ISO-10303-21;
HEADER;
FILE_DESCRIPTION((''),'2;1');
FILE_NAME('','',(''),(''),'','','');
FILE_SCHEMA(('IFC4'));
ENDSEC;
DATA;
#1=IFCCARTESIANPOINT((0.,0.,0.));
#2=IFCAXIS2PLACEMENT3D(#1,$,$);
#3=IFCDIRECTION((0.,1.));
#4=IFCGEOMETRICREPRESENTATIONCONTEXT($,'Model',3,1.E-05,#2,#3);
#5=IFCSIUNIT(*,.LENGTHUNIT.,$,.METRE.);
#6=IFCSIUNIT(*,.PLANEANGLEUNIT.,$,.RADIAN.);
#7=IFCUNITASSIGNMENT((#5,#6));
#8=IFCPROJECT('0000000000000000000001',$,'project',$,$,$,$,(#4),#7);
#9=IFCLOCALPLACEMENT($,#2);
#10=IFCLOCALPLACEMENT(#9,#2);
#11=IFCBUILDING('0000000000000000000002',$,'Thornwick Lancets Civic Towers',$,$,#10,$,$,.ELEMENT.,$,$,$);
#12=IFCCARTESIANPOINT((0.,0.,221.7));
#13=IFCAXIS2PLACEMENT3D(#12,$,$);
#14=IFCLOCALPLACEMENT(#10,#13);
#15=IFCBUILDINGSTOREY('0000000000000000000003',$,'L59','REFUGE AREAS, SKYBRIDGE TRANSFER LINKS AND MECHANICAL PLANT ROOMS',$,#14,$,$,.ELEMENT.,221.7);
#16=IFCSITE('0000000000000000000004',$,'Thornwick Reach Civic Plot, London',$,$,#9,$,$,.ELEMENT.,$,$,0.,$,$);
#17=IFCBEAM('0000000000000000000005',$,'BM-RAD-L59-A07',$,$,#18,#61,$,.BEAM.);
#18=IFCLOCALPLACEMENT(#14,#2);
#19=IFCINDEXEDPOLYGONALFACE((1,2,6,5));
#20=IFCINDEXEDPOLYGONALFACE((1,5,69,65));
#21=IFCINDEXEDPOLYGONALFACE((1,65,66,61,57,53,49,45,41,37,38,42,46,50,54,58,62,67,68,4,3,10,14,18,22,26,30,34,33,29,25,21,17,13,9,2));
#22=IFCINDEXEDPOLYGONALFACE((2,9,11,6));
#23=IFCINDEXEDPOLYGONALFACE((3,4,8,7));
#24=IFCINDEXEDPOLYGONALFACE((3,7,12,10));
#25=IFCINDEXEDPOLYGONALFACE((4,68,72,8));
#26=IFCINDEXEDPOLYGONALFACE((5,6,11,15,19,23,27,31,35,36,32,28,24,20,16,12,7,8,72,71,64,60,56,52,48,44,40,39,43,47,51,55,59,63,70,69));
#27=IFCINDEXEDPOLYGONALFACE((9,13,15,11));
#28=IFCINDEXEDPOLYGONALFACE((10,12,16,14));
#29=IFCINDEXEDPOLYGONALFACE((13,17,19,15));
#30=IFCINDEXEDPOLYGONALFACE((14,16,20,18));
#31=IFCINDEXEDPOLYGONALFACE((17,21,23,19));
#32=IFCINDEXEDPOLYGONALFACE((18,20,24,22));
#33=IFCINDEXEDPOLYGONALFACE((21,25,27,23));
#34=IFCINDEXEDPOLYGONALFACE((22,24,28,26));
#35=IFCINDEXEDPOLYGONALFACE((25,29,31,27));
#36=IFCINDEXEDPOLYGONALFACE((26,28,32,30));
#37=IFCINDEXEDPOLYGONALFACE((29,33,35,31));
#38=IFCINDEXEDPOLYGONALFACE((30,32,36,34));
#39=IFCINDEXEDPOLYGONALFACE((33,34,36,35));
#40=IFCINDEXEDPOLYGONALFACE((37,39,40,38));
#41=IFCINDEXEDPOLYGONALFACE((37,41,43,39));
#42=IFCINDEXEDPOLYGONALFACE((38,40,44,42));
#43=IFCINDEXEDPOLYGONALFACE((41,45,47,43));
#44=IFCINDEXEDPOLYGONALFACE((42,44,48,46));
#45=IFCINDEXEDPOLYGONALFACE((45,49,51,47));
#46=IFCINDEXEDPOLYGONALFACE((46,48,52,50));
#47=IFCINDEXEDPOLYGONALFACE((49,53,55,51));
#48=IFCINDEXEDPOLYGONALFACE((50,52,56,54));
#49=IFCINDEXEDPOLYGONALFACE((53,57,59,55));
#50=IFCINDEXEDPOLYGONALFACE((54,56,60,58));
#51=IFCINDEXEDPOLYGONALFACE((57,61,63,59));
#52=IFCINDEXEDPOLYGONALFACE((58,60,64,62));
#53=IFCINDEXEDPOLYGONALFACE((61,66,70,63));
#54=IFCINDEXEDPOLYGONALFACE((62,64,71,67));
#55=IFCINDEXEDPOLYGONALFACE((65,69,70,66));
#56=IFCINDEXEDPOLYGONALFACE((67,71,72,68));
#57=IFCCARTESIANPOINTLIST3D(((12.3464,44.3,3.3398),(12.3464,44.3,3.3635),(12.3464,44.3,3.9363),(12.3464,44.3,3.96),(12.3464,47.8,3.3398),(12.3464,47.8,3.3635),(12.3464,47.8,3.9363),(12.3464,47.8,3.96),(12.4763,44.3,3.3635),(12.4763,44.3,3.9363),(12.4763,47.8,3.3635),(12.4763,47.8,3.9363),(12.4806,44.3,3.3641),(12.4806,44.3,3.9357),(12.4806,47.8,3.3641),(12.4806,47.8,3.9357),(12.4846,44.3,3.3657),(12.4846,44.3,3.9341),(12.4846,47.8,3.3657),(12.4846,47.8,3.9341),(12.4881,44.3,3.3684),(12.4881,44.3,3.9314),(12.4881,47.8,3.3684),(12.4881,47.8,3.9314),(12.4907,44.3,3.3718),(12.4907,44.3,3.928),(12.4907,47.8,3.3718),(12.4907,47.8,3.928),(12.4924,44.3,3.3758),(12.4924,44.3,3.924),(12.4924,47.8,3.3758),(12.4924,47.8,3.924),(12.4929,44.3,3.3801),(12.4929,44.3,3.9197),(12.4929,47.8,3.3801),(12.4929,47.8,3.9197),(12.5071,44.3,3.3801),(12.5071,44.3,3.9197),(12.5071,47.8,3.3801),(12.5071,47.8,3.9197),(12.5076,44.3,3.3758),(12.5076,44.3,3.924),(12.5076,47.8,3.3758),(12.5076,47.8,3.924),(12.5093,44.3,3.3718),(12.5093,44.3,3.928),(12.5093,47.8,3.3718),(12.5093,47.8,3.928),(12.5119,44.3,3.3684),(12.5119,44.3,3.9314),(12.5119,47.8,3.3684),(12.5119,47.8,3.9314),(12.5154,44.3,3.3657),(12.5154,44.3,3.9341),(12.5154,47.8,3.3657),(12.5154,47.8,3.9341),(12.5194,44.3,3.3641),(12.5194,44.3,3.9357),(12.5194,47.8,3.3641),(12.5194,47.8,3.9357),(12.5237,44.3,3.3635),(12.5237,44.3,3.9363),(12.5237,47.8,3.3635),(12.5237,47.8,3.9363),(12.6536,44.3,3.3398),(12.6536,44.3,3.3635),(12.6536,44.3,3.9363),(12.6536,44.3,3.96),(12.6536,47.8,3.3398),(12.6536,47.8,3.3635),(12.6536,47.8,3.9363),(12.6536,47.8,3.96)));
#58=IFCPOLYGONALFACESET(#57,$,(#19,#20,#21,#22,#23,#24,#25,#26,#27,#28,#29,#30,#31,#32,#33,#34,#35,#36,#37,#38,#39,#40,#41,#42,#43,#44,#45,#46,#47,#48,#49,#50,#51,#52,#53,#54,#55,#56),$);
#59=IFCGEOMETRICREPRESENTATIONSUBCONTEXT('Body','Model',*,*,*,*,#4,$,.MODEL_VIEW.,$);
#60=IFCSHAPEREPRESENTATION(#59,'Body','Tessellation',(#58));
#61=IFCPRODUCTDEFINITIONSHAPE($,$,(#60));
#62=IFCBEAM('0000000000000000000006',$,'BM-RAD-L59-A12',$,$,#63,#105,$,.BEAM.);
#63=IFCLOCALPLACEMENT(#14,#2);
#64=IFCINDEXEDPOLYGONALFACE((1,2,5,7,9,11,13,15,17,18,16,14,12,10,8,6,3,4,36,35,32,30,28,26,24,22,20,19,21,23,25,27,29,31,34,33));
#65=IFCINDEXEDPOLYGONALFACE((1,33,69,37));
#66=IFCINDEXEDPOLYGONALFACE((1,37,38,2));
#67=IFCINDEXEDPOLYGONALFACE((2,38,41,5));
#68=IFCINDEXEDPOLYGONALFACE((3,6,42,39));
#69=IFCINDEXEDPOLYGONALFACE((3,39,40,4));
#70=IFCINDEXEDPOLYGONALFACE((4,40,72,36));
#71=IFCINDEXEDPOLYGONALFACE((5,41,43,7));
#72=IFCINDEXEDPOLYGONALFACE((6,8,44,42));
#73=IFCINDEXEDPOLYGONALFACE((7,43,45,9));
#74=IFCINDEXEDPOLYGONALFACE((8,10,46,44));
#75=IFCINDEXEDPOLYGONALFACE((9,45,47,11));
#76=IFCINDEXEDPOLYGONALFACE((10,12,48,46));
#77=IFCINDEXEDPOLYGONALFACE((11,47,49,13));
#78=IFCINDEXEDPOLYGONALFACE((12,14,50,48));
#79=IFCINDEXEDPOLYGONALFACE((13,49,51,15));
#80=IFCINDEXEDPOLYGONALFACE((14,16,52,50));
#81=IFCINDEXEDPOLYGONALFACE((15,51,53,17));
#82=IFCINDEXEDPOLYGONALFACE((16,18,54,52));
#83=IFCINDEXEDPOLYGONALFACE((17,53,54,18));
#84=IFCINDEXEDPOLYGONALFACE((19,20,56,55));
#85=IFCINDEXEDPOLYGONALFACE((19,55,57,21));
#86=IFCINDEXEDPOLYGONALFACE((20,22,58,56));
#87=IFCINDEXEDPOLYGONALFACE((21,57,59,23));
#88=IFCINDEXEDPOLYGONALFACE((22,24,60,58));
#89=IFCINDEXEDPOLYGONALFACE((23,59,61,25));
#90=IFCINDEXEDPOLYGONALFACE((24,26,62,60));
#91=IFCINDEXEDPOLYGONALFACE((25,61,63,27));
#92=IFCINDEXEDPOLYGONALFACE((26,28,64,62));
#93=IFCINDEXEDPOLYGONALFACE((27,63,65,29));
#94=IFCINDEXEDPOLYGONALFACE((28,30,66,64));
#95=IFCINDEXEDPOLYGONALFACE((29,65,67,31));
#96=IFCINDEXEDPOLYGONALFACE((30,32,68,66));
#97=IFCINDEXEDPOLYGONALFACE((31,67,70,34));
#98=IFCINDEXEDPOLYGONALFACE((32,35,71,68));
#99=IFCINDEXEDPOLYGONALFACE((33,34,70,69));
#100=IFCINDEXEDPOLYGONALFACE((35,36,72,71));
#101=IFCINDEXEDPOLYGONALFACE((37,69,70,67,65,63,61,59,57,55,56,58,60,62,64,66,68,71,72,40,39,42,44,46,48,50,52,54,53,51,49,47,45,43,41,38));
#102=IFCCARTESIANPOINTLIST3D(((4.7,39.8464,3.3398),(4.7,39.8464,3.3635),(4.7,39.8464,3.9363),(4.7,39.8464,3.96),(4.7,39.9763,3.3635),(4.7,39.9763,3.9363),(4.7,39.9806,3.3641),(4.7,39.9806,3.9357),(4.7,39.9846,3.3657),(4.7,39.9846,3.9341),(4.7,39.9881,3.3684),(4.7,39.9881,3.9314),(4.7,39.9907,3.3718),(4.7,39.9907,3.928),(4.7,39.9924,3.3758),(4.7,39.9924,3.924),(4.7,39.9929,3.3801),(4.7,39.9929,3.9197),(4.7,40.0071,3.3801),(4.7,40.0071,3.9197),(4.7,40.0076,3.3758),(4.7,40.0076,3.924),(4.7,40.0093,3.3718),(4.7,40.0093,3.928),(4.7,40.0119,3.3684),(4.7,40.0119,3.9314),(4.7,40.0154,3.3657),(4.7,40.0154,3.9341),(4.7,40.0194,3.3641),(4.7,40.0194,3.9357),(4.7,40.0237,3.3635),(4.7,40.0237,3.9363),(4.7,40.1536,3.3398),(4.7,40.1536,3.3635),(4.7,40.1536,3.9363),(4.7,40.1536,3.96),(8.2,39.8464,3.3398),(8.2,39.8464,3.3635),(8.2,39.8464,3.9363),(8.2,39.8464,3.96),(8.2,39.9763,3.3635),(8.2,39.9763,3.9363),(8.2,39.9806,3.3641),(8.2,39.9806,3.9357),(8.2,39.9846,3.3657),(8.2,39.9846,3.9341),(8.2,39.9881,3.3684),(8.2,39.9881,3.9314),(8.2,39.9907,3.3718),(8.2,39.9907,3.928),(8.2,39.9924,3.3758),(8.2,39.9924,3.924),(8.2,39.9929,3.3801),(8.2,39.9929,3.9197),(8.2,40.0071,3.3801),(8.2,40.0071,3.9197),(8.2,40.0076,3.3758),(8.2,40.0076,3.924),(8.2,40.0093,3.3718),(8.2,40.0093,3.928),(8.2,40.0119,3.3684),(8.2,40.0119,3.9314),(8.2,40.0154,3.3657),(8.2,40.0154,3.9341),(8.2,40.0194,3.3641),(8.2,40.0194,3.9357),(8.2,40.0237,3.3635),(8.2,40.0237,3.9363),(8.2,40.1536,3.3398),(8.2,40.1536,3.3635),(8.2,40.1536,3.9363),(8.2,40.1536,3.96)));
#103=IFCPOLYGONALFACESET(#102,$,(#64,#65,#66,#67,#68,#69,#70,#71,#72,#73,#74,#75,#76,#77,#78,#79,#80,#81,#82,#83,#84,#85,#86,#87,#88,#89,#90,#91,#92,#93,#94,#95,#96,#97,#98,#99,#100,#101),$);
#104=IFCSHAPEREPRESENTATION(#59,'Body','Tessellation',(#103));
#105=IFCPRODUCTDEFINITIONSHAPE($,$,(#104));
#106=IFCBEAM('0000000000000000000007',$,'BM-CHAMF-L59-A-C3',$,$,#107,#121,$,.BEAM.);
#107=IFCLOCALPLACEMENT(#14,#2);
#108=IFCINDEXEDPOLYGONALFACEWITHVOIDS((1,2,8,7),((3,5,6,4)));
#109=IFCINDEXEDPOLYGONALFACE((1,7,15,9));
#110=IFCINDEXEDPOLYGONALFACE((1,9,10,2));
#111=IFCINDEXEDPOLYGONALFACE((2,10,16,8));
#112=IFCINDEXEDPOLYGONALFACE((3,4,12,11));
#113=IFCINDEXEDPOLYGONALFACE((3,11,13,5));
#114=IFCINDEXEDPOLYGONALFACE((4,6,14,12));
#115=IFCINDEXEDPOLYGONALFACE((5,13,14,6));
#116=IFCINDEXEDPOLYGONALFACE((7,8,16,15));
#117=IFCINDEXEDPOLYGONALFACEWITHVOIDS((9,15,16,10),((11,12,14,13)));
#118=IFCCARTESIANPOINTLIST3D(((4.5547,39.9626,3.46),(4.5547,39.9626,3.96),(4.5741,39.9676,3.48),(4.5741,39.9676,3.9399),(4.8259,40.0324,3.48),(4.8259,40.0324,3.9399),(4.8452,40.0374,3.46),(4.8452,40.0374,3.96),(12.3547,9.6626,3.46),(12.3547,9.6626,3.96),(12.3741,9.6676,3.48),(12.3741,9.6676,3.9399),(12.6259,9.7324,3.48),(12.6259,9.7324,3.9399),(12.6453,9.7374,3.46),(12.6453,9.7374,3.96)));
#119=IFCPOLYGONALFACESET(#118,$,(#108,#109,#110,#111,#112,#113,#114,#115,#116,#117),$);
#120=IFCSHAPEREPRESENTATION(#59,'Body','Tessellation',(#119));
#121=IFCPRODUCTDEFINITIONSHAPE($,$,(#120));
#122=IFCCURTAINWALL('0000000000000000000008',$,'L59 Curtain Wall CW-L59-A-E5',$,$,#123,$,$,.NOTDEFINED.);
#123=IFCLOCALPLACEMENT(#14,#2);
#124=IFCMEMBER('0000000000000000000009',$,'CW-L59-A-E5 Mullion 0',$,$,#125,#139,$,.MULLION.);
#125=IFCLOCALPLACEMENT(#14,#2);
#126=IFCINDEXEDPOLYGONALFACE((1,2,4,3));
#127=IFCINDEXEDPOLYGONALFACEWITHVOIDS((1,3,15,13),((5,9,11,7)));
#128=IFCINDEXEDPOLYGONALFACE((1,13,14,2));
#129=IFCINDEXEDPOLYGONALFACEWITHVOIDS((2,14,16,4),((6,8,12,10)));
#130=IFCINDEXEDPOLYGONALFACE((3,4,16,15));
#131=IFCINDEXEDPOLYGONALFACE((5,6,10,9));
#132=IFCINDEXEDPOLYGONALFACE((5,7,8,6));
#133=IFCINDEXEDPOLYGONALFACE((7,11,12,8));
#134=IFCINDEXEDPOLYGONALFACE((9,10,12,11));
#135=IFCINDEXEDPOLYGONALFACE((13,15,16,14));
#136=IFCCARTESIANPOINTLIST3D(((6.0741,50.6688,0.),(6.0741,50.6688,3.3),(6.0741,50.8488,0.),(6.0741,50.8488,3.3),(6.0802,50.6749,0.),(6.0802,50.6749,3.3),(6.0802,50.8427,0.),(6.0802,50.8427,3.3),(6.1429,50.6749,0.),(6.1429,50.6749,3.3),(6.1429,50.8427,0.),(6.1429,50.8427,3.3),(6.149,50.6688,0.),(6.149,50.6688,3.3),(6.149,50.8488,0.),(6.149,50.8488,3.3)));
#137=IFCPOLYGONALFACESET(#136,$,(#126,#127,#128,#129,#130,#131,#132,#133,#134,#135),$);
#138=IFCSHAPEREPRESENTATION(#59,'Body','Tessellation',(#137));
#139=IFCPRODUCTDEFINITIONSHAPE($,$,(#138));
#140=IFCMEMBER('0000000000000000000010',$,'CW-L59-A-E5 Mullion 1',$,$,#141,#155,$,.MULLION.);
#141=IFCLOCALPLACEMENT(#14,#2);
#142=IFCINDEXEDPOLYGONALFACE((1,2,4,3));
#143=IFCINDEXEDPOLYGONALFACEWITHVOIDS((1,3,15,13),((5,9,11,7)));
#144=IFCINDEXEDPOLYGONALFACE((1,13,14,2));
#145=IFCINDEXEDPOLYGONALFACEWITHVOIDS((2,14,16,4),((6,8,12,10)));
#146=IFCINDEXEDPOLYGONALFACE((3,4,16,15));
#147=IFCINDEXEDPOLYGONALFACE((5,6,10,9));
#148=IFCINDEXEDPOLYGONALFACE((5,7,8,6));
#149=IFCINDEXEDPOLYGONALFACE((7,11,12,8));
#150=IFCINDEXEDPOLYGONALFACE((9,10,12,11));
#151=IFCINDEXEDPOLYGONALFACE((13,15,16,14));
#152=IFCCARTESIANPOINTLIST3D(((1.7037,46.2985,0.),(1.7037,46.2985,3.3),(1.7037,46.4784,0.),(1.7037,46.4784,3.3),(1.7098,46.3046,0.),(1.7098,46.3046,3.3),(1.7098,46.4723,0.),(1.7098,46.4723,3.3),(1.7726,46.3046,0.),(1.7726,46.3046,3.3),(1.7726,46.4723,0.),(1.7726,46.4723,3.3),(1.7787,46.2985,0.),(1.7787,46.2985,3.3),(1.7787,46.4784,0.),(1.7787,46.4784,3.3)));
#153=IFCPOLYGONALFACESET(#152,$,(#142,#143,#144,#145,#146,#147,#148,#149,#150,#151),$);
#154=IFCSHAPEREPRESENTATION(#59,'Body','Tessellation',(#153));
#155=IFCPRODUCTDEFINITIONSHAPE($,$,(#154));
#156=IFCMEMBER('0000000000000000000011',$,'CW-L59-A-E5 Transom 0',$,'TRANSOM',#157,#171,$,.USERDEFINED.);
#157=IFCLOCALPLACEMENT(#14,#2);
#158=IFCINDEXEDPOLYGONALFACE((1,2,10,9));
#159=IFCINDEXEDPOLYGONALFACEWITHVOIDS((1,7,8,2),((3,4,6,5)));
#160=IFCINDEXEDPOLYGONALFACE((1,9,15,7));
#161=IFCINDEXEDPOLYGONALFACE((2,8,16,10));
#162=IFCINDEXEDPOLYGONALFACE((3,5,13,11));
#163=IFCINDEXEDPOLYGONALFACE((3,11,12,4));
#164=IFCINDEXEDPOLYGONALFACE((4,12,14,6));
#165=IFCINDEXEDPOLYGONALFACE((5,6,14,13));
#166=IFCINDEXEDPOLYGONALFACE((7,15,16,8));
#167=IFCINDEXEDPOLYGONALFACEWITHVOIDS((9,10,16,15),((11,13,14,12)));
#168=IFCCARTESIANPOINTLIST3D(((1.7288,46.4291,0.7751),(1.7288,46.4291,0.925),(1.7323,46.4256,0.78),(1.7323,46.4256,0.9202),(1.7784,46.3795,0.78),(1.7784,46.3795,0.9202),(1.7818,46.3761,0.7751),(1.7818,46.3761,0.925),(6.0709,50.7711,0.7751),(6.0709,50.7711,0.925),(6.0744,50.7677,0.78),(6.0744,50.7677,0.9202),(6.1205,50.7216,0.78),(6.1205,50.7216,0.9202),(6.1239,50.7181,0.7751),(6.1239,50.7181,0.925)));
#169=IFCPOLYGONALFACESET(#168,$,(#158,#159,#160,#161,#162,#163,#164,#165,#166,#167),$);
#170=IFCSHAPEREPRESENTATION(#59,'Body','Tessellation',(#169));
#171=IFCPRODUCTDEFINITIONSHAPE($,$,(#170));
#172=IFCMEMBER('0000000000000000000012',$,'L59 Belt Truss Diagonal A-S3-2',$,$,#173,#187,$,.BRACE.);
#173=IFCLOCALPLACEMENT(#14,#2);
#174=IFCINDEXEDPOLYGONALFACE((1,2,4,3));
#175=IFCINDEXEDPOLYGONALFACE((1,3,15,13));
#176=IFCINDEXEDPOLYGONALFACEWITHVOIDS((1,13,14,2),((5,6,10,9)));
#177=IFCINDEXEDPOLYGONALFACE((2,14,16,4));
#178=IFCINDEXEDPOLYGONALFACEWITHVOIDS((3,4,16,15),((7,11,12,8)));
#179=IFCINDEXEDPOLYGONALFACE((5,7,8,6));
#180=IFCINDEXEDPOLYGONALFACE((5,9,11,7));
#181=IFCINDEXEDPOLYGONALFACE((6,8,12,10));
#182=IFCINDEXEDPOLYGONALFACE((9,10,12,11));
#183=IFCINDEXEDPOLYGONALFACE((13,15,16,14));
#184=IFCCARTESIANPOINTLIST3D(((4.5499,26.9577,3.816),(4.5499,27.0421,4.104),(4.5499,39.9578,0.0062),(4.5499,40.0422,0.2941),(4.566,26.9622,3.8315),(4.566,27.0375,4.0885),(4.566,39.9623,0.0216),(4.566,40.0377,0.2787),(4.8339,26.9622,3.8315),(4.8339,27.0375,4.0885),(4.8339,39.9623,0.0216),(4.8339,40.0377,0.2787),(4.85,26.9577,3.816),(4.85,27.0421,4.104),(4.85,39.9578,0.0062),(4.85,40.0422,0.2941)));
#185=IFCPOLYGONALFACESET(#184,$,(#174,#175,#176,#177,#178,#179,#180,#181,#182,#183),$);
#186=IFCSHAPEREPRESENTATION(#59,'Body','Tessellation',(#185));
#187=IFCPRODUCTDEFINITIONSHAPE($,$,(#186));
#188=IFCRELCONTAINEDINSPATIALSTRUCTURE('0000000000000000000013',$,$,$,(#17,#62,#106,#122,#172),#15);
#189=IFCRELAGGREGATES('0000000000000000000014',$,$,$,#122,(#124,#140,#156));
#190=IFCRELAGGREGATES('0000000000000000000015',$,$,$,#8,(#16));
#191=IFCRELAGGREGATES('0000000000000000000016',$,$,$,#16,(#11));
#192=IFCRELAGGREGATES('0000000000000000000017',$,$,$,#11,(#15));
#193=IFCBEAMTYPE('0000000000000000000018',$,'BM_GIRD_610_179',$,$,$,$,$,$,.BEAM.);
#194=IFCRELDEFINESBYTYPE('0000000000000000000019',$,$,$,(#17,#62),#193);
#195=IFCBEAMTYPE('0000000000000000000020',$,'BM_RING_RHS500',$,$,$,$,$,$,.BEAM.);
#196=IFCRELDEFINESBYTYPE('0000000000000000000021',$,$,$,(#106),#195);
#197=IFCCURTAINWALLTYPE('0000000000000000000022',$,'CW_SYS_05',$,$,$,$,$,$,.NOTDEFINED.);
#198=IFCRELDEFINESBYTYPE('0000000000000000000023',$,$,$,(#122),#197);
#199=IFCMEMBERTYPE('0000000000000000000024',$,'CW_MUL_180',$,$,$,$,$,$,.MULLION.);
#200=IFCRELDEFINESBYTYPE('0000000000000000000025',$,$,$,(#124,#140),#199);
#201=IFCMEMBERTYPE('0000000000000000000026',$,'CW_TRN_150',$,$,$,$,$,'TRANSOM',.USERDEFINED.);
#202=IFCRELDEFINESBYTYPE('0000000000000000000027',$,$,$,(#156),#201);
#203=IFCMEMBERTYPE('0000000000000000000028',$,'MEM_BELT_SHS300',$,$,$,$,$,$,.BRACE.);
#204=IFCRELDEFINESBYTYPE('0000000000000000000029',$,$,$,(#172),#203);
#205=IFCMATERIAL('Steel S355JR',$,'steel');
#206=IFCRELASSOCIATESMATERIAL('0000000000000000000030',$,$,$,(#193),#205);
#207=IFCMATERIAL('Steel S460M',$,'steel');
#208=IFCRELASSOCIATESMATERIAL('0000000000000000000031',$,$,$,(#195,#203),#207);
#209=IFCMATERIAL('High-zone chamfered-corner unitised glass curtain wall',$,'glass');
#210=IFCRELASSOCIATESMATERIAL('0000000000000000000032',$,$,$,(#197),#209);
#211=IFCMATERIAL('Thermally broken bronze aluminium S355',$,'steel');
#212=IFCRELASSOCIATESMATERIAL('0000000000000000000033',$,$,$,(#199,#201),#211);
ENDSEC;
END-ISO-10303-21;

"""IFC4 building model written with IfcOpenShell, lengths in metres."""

from ifc_helpers import new_model, si_unit, direction, frame, origin, origin_2d, place, context, subcontext, project, spatial, hollow_rectangle, i_section, extrude, material, material_profile, profile_set, type_object, element, aggregate, save


model = new_model("IFC4")

# Units and contexts
model_context = context("Model", 3, precision=1e-05, world=origin(), true_north=direction((0.0, 1.0)))
body_context = subcontext(model_context, "Body", "Model", "MODEL_VIEW")
ifc_project = project(units=[si_unit("LENGTHUNIT", "METRE"), si_unit("PLANEANGLEUNIT", "RADIAN")], contexts=[model_context])

# Site, building, storey
site_placement = place(None, origin())
site = spatial("IfcSite", under=ifc_project, at=site_placement, Name="Thornwick Reach Civic Plot, London", CompositionType="ELEMENT", RefElevation=0.0)
building_placement = place(site_placement, origin())
building = spatial("IfcBuilding", under=site, at=building_placement, Name="Thornwick Lancets Civic Towers", CompositionType="ELEMENT")
storey_placement = place(building_placement, frame((0.0, 0.0, 221.7)))
storey = spatial("IfcBuildingStorey", under=building, at=storey_placement, Name="L59", Description="REFUGE AREAS, SKYBRIDGE TRANSFER LINKS AND MECHANICAL PLANT ROOMS", CompositionType="ELEMENT", Elevation=221.7)

# Shared definitions
ifc_material_1 = material(Name="Steel S355JR", Category="steel")

# Beams
ifc_material_profile_1 = material_profile(ifc_material_1, i_section(OverallWidth=0.3071, OverallDepth=0.6201, WebThickness=0.0142, FlangeThickness=0.0237, FilletRadius=0.0166, at=origin_2d()), Name="UKB 610x305x179")
ifc_profile_set_1 = profile_set([ifc_material_profile_1], Name="Steel S355JR")
beam_type_1 = type_object("IfcBeamType", Name="BM_GIRD_610_179", PredefinedType="BEAM", material=ifc_profile_set_1)
for number, where, z_axis, x_axis, name in (
    (1, (12.5, 44.3, 3.6499), (0.0, 1.0, 0.0), (-1.0, 0.0, 0.0), "BM-RAD-L59-A07"),
    (2, (8.2, 40.0, 3.6499), (-1.0, 0.0, 0.0), (0.0, -1.0, 0.0), "BM-RAD-L59-A12"),
):
    element("IfcBeam", number, at=place(storey_placement, frame(where, z_axis=z_axis, x_axis=x_axis)), inside=storey, type_object=beam_type_1, Name=name, PredefinedType="BEAM", context=body_context, shape_type="SweptSolid", body=[
        extrude(i_section(OverallWidth=0.3071, OverallDepth=0.6201, WebThickness=0.0142, FlangeThickness=0.0237, FilletRadius=0.0166, at=origin_2d()), origin(), (0.0, 0.0, 1.0), 3.5),
    ])
ifc_material_2 = material(Name="Steel S460M", Category="steel")
ifc_material_profile_2 = material_profile(ifc_material_2, hollow_rectangle(XDim=0.3, YDim=0.5, WallThickness=0.02, at=origin_2d()), Name="RHS 500x300x20")
ifc_profile_set_2 = profile_set([ifc_material_profile_2], Name="Steel S460M")
beam_type_2 = type_object("IfcBeamType", Name="BM_RING_RHS500", PredefinedType="BEAM", material=ifc_profile_set_2)
beam_1_placement = place(storey_placement, frame((4.7, 40.0, 3.71), z_axis=(0.249299, -0.968427, 0.0), x_axis=(0.968427, 0.249299, 0.0)))
element("IfcBeam", 3, at=beam_1_placement, inside=storey, type_object=beam_type_2, Name="BM-CHAMF-L59-A-C3", PredefinedType="BEAM", context=body_context, shape_type="SweptSolid", body=[
    extrude(hollow_rectangle(XDim=0.3, YDim=0.5, WallThickness=0.02, at=origin_2d()), origin(), (0.0, 0.0, 1.0), 31.2878),
])

# Curtain wall, members
ifc_material_3 = material(Name="High-zone chamfered-corner unitised glass curtain wall", Category="glass")
curtain_wall_type = type_object("IfcCurtainWallType", Name="CW_SYS_05", PredefinedType="NOTDEFINED", material=ifc_material_3)
curtain_wall_placement = place(storey_placement, origin())
curtain_wall = element("IfcCurtainWall", 4, at=curtain_wall_placement, inside=storey, type_object=curtain_wall_type, Name="L59 Curtain Wall CW-L59-A-E5", PredefinedType="NOTDEFINED")
ifc_material_4 = material(Name="Thermally broken bronze aluminium S355", Category="steel")
ifc_material_profile_3 = material_profile(ifc_material_4, hollow_rectangle(XDim=0.075, YDim=0.1799, WallThickness=0.0061, at=origin_2d()), Name="RHS 180x75x6")
ifc_profile_set_3 = profile_set([ifc_material_profile_3], Name="Thermally broken bronze aluminium S355")
member_type_1 = type_object("IfcMemberType", Name="CW_MUL_180", PredefinedType="MULLION", material=ifc_profile_set_3)
member_1_placement = place(storey_placement, frame((6.1116, 50.7588, 0.0), z_axis=(0.0, 0.0, 1.0), x_axis=(1.0, 0.0, 0.0)))
member_1 = element("IfcMember", 5, at=member_1_placement, type_object=member_type_1, Name="CW-L59-A-E5 Mullion 0", PredefinedType="MULLION", context=body_context, shape_type="SweptSolid", body=[
    extrude(hollow_rectangle(XDim=0.075, YDim=0.1799, WallThickness=0.0061, at=origin_2d()), origin(), (0.0, 0.0, 1.0), 3.3),
])
member_2_placement = place(storey_placement, frame((1.7412, 46.3884, 0.0), z_axis=(0.0, 0.0, 1.0), x_axis=(1.0, 0.0, 0.0)))
member_2 = element("IfcMember", 6, at=member_2_placement, type_object=member_type_1, Name="CW-L59-A-E5 Mullion 1", PredefinedType="MULLION", context=body_context, shape_type="SweptSolid", body=[
    extrude(hollow_rectangle(XDim=0.075, YDim=0.1799, WallThickness=0.0061, at=origin_2d()), origin(), (0.0, 0.0, 1.0), 3.3),
])
ifc_material_profile_4 = material_profile(ifc_material_4, hollow_rectangle(XDim=0.075, YDim=0.1499, WallThickness=0.0049, at=origin_2d()), Name="RHS 150x75x5")
ifc_profile_set_4 = profile_set([ifc_material_profile_4], Name="Thermally broken bronze aluminium S355")
member_type_2 = type_object("IfcMemberType", Name="CW_TRN_150", ElementType="TRANSOM", PredefinedType="USERDEFINED", material=ifc_profile_set_4)
member_3_placement = place(storey_placement, frame((6.0974, 50.7446, 0.8501), z_axis=(-0.707107, -0.707107, 0.0), x_axis=(0.707107, -0.707107, 0.0)))
member_3 = element("IfcMember", 7, at=member_3_placement, type_object=member_type_2, Name="CW-L59-A-E5 Transom 0", ObjectType="TRANSOM", PredefinedType="USERDEFINED", context=body_context, shape_type="SweptSolid", body=[
    extrude(hollow_rectangle(XDim=0.075, YDim=0.1499, WallThickness=0.0049, at=origin_2d()), origin(), (0.0, 0.0, 1.0), 6.1406),
])

# Member
ifc_material_profile_5 = material_profile(ifc_material_2, hollow_rectangle(XDim=0.3, YDim=0.3, WallThickness=0.0161, at=origin_2d()), Name="SHS 300x300x16")
ifc_profile_set_5 = profile_set([ifc_material_profile_5], Name="Steel S460M")
member_type_3 = type_object("IfcMemberType", Name="MEM_BELT_SHS300", PredefinedType="BRACE", material=ifc_profile_set_5)
member_4_placement = place(storey_placement, frame((4.7, 40.0, 0.1501), z_axis=(0.0, -0.959639, 0.281234), x_axis=(1.0, 0.0, 0.0)))
element("IfcMember", 8, at=member_4_placement, inside=storey, type_object=member_type_3, Name="L59 Belt Truss Diagonal A-S3-2", PredefinedType="BRACE", context=body_context, shape_type="SweptSolid", body=[
    extrude(hollow_rectangle(XDim=0.3, YDim=0.3, WallThickness=0.0161, at=origin_2d()), origin(), (0.0, 0.0, 1.0), 13.5469),
])

aggregate(curtain_wall, [member_1, member_2, member_3])

save(model, "model.ifc")
